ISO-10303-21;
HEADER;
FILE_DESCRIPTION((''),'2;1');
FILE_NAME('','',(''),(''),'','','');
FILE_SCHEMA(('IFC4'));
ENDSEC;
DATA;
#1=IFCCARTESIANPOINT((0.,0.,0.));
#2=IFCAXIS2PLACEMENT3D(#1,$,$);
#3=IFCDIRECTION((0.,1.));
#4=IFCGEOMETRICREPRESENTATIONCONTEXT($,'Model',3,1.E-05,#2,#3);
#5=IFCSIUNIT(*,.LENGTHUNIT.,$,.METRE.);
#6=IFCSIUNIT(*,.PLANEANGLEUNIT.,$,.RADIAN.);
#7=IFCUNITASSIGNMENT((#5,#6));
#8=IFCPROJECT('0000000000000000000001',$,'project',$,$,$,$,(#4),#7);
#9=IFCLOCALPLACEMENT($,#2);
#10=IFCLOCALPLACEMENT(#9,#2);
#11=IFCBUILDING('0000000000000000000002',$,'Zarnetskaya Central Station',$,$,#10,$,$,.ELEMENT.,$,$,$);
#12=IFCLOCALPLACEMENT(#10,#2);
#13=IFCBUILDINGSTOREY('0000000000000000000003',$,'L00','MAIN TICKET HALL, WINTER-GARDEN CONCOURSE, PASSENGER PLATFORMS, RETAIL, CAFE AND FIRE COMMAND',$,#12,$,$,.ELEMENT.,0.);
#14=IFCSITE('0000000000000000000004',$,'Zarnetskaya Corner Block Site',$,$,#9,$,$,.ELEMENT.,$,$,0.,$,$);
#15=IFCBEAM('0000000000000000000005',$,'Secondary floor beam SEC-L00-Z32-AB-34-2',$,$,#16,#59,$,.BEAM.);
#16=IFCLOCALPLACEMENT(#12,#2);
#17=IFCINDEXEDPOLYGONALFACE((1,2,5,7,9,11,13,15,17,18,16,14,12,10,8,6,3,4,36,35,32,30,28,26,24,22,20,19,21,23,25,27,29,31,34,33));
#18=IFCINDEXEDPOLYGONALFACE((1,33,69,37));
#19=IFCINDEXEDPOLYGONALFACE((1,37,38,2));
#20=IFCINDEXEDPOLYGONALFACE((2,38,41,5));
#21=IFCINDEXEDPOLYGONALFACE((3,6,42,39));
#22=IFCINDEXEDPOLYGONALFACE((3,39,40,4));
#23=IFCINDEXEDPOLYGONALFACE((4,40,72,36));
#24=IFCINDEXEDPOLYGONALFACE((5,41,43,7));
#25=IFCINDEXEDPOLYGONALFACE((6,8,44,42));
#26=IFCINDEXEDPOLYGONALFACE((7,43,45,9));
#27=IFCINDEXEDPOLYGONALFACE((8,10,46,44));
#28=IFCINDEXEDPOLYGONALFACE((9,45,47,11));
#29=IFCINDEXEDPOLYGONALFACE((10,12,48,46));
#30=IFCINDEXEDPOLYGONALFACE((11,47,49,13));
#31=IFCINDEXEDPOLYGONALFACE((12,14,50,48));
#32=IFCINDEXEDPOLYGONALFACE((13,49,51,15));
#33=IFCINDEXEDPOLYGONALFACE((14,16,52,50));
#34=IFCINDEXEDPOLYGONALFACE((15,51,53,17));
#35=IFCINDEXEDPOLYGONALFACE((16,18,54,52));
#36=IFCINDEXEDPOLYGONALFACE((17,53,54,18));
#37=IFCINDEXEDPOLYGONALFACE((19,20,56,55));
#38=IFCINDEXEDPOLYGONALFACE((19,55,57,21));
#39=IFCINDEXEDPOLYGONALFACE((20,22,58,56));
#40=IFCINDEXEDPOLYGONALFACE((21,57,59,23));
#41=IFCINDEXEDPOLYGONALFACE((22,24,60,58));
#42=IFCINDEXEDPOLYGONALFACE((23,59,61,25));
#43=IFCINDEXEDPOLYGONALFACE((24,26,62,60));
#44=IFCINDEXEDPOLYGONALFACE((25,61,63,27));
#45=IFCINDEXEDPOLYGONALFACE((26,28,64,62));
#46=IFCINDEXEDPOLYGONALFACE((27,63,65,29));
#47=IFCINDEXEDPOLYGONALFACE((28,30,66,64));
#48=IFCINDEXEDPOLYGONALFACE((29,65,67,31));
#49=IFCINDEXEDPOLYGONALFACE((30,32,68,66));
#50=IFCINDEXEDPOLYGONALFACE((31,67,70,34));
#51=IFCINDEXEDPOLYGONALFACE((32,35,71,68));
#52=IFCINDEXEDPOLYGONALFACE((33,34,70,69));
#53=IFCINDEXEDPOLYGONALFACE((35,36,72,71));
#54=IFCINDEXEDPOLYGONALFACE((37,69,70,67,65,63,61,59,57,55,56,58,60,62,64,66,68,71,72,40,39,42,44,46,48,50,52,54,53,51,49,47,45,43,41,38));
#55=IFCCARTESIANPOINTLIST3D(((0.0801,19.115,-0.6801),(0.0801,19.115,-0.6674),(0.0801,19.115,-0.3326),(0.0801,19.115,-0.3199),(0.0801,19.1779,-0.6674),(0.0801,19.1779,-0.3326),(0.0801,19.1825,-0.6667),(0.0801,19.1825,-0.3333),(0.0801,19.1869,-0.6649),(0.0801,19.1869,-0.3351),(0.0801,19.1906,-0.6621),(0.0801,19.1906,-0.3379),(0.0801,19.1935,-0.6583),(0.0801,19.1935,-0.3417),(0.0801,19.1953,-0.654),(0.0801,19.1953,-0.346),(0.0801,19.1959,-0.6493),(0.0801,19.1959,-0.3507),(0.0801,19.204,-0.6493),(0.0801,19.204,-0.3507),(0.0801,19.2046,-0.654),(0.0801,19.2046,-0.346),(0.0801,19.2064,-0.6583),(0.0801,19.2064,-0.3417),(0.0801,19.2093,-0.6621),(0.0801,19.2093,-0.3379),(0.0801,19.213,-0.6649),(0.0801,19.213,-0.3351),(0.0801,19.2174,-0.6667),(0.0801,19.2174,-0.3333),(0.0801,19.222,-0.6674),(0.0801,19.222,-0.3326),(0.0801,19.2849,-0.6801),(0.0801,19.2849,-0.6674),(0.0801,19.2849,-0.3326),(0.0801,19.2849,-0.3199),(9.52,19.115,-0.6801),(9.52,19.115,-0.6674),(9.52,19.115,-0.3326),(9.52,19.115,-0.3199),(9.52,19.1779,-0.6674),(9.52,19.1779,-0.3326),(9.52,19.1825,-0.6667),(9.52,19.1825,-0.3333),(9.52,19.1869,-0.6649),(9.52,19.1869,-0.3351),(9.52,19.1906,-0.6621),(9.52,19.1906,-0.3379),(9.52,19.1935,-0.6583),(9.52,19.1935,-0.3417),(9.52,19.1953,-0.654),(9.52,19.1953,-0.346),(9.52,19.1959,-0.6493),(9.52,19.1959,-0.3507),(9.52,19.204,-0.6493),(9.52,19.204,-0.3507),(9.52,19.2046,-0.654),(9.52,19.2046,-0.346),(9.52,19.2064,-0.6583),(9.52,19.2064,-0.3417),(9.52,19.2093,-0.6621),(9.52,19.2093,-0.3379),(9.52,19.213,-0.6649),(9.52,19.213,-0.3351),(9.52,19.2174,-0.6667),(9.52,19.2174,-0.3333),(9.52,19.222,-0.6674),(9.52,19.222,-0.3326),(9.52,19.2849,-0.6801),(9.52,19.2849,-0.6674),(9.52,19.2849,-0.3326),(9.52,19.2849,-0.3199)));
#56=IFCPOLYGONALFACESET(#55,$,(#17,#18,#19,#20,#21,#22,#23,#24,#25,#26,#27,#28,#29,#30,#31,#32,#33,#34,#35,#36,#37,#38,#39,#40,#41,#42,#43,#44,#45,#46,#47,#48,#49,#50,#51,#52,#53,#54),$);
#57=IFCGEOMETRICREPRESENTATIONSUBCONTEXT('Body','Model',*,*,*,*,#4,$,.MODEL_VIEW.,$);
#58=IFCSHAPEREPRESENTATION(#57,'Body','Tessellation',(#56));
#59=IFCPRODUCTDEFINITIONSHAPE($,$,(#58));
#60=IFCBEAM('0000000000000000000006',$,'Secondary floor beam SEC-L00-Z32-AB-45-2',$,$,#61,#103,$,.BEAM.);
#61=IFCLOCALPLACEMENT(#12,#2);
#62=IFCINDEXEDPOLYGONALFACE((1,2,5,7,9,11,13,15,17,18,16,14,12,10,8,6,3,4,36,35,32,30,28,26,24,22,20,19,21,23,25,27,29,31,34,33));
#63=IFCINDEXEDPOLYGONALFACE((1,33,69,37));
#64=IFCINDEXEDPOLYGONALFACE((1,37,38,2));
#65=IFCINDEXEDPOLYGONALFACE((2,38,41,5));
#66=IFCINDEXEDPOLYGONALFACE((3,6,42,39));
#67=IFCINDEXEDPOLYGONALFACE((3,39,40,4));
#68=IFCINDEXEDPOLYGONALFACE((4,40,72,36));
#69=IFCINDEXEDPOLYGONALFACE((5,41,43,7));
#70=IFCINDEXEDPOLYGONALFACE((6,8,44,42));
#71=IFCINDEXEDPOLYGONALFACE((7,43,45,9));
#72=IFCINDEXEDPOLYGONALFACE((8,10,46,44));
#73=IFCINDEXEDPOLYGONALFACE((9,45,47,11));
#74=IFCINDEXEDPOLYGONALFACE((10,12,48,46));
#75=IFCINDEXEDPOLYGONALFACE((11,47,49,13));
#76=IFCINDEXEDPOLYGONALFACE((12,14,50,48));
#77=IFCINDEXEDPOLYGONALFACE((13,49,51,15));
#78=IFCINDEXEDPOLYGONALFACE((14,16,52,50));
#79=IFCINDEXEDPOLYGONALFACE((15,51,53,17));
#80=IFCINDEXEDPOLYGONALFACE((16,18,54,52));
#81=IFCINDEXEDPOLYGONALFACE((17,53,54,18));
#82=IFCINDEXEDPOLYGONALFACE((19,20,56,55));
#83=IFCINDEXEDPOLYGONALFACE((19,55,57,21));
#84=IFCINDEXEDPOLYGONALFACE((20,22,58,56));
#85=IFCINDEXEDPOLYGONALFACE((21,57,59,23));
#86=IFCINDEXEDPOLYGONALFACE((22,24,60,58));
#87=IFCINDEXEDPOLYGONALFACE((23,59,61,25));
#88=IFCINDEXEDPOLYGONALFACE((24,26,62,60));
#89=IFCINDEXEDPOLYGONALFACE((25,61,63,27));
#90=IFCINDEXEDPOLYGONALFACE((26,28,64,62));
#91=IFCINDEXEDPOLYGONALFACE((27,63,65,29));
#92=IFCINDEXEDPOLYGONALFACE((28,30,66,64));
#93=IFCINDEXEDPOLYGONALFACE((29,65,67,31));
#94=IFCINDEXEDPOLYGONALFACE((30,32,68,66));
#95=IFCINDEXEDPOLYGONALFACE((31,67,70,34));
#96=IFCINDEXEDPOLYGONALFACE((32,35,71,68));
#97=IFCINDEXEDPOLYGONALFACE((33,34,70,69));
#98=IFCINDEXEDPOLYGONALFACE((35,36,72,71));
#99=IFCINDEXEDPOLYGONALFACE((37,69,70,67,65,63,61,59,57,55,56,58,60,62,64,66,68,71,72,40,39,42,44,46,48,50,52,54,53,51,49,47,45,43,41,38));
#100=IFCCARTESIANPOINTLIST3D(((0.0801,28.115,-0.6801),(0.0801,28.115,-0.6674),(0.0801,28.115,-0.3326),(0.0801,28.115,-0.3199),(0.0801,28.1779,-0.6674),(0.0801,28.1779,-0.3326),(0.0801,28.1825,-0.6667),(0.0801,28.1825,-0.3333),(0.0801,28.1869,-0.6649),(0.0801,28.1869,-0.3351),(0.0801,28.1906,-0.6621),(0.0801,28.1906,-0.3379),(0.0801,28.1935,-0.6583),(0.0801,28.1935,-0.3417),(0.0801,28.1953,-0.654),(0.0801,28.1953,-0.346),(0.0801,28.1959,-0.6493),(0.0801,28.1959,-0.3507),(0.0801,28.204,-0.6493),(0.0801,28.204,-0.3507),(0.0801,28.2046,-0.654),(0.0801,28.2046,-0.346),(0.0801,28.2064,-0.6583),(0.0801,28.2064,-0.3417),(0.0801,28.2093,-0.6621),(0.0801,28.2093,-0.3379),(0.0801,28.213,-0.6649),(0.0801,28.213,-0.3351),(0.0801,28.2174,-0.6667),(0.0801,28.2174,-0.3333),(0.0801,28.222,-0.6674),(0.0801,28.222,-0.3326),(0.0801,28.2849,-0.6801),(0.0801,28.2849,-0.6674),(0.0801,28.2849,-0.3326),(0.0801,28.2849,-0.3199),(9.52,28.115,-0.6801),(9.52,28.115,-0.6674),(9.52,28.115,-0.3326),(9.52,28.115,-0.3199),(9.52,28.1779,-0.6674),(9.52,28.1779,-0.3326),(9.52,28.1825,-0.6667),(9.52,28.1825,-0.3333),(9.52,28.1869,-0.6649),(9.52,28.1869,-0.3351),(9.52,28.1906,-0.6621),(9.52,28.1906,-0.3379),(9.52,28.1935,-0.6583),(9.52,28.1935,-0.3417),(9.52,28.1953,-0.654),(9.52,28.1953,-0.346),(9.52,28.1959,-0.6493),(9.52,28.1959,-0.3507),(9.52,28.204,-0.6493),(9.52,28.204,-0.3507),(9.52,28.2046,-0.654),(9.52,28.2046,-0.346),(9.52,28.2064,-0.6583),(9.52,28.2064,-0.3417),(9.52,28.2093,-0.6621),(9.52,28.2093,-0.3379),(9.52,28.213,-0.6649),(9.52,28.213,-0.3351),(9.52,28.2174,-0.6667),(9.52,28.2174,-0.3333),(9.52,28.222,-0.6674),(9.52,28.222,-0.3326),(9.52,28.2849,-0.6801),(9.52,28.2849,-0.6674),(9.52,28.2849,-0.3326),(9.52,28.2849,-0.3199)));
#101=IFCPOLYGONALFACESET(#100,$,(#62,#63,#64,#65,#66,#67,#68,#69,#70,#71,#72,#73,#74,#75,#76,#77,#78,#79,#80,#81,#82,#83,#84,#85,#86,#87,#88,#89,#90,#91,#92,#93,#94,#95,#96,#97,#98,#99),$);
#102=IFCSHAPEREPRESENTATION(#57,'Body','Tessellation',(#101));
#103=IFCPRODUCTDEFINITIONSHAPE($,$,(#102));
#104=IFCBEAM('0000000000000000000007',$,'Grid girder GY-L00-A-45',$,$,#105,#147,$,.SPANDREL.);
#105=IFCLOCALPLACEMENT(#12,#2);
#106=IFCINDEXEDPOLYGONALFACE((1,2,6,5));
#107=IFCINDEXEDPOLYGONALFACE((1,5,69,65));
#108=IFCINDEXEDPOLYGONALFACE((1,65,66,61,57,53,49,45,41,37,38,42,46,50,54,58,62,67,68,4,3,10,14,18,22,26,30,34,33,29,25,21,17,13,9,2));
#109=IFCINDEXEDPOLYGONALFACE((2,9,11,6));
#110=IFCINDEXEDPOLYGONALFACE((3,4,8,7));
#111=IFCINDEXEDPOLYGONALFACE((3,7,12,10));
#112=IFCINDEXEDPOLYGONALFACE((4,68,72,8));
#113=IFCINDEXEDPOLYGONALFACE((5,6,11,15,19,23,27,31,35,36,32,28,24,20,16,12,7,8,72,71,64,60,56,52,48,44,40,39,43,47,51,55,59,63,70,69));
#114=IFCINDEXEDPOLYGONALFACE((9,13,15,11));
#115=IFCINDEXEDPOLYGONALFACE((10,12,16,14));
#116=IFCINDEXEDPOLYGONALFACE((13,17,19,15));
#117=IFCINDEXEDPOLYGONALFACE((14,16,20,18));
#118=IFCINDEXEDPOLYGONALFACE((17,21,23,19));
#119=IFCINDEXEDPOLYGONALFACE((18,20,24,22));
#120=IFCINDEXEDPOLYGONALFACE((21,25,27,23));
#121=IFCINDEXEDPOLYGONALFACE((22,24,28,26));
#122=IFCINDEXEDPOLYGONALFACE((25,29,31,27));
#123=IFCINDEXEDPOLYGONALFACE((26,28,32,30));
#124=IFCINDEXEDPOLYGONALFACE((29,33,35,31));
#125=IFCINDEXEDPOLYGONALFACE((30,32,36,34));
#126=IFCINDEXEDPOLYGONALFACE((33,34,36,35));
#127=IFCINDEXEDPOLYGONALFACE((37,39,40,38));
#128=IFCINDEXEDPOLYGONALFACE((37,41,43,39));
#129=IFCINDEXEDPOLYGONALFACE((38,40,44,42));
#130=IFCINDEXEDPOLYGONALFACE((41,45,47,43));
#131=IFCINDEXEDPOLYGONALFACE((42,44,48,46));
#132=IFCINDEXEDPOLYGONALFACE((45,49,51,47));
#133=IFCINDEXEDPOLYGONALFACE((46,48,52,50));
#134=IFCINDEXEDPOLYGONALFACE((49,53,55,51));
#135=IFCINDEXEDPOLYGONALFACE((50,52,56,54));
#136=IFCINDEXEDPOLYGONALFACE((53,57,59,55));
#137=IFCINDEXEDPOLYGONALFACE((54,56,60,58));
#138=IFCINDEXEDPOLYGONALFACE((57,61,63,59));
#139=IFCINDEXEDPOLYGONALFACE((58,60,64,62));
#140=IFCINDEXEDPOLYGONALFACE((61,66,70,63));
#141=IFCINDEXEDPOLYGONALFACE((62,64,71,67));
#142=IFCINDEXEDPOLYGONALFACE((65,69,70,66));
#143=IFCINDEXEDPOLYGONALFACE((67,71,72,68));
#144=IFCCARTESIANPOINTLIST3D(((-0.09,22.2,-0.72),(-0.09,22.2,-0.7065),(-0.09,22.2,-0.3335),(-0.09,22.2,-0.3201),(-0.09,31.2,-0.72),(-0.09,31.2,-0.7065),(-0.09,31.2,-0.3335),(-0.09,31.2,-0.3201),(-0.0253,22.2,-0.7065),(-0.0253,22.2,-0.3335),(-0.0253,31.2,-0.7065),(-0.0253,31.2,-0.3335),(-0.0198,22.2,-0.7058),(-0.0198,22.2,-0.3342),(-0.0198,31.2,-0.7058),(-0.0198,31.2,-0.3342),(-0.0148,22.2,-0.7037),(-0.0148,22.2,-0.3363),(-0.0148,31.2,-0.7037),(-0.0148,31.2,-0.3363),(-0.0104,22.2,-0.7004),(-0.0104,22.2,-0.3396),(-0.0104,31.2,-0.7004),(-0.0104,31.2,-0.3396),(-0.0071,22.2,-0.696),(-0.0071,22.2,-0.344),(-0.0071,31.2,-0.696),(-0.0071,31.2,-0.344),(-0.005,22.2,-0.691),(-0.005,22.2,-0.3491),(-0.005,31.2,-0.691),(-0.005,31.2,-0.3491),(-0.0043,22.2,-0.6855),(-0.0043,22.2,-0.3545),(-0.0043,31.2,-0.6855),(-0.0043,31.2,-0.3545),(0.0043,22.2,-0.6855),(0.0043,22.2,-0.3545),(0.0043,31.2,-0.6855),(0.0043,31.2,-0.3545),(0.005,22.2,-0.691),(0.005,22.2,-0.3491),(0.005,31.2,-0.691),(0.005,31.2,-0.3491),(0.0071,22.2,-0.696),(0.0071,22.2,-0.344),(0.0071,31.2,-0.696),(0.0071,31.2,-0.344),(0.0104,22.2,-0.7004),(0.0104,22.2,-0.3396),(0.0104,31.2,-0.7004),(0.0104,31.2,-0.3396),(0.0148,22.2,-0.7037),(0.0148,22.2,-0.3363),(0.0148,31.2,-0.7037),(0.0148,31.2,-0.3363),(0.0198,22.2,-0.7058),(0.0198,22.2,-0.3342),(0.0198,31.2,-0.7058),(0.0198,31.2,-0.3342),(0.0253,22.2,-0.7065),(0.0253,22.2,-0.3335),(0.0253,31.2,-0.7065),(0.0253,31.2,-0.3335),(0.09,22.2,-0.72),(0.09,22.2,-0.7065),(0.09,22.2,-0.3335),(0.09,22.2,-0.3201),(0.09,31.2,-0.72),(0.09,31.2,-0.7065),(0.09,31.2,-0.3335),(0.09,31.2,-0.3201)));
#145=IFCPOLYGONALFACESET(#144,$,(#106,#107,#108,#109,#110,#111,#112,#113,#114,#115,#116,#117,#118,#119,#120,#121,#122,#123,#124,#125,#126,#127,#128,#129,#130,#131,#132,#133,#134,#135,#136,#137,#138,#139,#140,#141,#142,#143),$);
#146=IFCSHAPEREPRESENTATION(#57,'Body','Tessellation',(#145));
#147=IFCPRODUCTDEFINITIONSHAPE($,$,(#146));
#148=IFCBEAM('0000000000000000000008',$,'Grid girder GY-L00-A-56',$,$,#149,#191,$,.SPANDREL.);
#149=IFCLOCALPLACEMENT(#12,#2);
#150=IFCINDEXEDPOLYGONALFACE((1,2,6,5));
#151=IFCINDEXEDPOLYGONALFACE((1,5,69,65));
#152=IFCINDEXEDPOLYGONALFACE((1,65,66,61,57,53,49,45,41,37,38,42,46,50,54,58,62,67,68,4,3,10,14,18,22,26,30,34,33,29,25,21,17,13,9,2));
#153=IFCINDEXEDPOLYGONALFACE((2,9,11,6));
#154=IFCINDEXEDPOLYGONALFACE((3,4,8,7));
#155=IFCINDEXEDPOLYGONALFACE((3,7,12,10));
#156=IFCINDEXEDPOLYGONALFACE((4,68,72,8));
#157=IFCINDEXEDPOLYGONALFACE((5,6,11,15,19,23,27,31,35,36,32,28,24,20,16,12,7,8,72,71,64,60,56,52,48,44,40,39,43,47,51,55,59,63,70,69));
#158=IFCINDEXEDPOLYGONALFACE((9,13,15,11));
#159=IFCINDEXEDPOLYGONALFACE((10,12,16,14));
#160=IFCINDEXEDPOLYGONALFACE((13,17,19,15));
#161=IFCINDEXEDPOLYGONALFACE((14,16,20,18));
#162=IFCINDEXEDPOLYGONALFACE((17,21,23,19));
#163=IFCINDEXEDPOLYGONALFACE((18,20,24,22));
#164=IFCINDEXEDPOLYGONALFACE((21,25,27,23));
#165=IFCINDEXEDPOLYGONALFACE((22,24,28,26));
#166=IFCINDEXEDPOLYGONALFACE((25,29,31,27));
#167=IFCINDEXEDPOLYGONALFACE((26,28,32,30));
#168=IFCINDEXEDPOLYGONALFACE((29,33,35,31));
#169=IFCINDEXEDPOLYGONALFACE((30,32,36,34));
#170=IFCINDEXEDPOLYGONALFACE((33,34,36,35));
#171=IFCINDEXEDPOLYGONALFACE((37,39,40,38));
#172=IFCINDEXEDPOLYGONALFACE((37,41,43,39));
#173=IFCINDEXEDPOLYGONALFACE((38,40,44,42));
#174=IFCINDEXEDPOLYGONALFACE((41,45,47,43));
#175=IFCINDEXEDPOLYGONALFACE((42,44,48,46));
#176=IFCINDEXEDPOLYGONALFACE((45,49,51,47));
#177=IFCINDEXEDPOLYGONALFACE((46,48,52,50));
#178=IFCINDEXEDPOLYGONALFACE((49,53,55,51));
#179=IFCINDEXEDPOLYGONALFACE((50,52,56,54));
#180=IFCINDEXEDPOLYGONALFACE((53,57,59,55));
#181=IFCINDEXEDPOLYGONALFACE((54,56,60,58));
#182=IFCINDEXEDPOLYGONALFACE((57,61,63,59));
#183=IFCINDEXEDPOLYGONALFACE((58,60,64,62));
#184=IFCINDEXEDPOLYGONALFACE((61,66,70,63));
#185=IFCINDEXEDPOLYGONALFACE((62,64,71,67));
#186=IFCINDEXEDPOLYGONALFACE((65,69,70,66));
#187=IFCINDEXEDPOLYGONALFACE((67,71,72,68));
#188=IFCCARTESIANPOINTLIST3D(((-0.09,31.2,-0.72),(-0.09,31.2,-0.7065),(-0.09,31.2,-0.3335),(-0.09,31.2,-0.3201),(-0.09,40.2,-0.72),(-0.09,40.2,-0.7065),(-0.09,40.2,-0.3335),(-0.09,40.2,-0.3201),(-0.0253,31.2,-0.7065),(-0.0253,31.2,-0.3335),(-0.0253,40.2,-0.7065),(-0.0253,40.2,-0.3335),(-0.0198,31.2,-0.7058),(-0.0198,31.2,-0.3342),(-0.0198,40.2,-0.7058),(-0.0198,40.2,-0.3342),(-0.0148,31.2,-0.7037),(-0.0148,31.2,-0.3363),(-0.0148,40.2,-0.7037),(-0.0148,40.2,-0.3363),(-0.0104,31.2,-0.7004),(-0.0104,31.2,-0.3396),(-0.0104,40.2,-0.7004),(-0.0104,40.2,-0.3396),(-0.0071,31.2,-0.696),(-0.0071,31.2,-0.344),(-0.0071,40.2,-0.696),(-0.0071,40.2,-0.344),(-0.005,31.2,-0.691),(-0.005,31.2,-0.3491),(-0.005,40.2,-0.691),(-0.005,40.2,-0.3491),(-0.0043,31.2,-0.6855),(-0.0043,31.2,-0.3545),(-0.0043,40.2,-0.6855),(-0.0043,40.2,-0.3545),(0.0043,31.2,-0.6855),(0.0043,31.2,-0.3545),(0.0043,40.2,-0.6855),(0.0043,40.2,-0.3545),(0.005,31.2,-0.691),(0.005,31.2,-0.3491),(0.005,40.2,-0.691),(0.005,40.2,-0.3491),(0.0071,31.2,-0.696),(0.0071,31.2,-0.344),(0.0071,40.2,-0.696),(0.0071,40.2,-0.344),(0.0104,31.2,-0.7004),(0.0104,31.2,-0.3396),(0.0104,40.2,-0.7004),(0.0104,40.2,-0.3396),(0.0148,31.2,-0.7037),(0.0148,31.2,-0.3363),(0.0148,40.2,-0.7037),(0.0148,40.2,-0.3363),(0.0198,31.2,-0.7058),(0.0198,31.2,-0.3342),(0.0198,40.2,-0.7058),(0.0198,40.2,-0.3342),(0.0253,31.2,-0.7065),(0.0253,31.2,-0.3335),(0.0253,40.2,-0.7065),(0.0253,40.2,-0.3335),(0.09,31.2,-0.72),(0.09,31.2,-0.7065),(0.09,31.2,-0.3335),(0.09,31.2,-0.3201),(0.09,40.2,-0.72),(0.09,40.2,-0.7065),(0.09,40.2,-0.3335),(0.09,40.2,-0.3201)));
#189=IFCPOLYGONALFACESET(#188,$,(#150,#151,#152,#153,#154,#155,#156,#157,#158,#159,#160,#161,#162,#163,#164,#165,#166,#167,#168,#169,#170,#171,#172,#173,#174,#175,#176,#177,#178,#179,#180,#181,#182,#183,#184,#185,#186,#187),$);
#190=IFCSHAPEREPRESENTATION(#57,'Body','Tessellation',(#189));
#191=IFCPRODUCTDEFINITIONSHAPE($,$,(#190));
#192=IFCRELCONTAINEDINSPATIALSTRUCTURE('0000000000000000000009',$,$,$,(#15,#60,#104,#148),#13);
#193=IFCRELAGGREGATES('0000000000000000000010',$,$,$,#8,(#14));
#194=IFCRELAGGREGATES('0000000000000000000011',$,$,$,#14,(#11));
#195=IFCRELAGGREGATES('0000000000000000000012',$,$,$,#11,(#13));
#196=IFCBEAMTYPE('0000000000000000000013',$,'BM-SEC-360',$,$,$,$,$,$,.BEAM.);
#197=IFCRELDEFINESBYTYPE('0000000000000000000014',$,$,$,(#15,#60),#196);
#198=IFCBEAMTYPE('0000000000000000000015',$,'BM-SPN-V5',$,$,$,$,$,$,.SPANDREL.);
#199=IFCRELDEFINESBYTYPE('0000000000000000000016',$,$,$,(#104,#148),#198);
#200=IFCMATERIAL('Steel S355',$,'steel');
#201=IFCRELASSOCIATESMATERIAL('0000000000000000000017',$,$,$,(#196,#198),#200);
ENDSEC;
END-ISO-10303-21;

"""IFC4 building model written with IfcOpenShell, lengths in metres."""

from ifc_helpers import new_model, si_unit, direction, frame, origin, origin_2d, place, context, subcontext, project, spatial, i_section, extrude, material, material_profile, profile_set, type_object, element, save


model = new_model("IFC4")

# Units and contexts
model_context = context("Model", 3, precision=1e-05, world=origin(), true_north=direction((0.0, 1.0)))
body_context = subcontext(model_context, "Body", "Model", "MODEL_VIEW")
ifc_project = project(units=[si_unit("LENGTHUNIT", "METRE"), si_unit("PLANEANGLEUNIT", "RADIAN")], contexts=[model_context])

# Site, building, storey
site_placement = place(None, origin())
site = spatial("IfcSite", under=ifc_project, at=site_placement, Name="Zarnetskaya Corner Block Site", CompositionType="ELEMENT", RefElevation=0.0)
building_placement = place(site_placement, origin())
building = spatial("IfcBuilding", under=site, at=building_placement, Name="Zarnetskaya Central Station", CompositionType="ELEMENT")
storey_placement = place(building_placement, origin())
storey = spatial("IfcBuildingStorey", under=building, at=storey_placement, Name="L00", Description="MAIN TICKET HALL, WINTER-GARDEN CONCOURSE, PASSENGER PLATFORMS, RETAIL, CAFE AND FIRE COMMAND", CompositionType="ELEMENT", Elevation=0.0)

# Shared definitions
ifc_material_1 = material(Name="Steel S355", Category="steel")

# Beams
ifc_material_profile_1 = material_profile(ifc_material_1, i_section(OverallWidth=0.1699, OverallDepth=0.3601, WebThickness=0.0081, FlangeThickness=0.0127, FilletRadius=0.0181, at=origin_2d()), Name="IPE 360")
ifc_profile_set_1 = profile_set([ifc_material_profile_1], Name="Steel S355")
beam_type_1 = type_object("IfcBeamType", Name="BM-SEC-360", PredefinedType="BEAM", material=ifc_profile_set_1)
for number, where, z_axis, x_axis, name in (
    (1, (0.0801, 19.2, -0.5), (1.0, 0.0, 0.0), (0.0, 1.0, 0.0), "Secondary floor beam SEC-L00-Z32-AB-34-2"),
    (2, (0.0801, 28.2, -0.5), (1.0, 0.0, 0.0), (0.0, 1.0, 0.0), "Secondary floor beam SEC-L00-Z32-AB-45-2"),
):
    element("IfcBeam", number, at=place(storey_placement, frame(where, z_axis=z_axis, x_axis=x_axis)), inside=storey, type_object=beam_type_1, Name=name, PredefinedType="BEAM", context=body_context, shape_type="SweptSolid", body=[
        extrude(i_section(OverallWidth=0.1699, OverallDepth=0.3601, WebThickness=0.0081, FlangeThickness=0.0127, FilletRadius=0.0181, at=origin_2d()), origin(), (0.0, 0.0, 1.0), 9.4399),
    ])
ifc_material_profile_2 = material_profile(ifc_material_1, i_section(OverallWidth=0.1799, OverallDepth=0.3999, WebThickness=0.0085, FlangeThickness=0.0134, FilletRadius=0.021, at=origin_2d()), Name="IPE 400")
ifc_profile_set_2 = profile_set([ifc_material_profile_2], Name="Steel S355")
beam_type_2 = type_object("IfcBeamType", Name="BM-SPN-V5", PredefinedType="SPANDREL", material=ifc_profile_set_2)
for number, where, z_axis, x_axis, name in (
    (3, (0.0, 22.2, -0.52), (0.0, 1.0, 0.0), (-1.0, 0.0, 0.0), "Grid girder GY-L00-A-45"),
    (4, (0.0, 31.2, -0.52), (0.0, 1.0, 0.0), (-1.0, 0.0, 0.0), "Grid girder GY-L00-A-56"),
):
    element("IfcBeam", number, at=place(storey_placement, frame(where, z_axis=z_axis, x_axis=x_axis)), inside=storey, type_object=beam_type_2, Name=name, PredefinedType="SPANDREL", context=body_context, shape_type="SweptSolid", body=[
        extrude(i_section(OverallWidth=0.1799, OverallDepth=0.3999, WebThickness=0.0085, FlangeThickness=0.0134, FilletRadius=0.021, at=origin_2d()), origin(), (0.0, 0.0, 1.0), 9.0),
    ])

save(model, "model.ifc")
